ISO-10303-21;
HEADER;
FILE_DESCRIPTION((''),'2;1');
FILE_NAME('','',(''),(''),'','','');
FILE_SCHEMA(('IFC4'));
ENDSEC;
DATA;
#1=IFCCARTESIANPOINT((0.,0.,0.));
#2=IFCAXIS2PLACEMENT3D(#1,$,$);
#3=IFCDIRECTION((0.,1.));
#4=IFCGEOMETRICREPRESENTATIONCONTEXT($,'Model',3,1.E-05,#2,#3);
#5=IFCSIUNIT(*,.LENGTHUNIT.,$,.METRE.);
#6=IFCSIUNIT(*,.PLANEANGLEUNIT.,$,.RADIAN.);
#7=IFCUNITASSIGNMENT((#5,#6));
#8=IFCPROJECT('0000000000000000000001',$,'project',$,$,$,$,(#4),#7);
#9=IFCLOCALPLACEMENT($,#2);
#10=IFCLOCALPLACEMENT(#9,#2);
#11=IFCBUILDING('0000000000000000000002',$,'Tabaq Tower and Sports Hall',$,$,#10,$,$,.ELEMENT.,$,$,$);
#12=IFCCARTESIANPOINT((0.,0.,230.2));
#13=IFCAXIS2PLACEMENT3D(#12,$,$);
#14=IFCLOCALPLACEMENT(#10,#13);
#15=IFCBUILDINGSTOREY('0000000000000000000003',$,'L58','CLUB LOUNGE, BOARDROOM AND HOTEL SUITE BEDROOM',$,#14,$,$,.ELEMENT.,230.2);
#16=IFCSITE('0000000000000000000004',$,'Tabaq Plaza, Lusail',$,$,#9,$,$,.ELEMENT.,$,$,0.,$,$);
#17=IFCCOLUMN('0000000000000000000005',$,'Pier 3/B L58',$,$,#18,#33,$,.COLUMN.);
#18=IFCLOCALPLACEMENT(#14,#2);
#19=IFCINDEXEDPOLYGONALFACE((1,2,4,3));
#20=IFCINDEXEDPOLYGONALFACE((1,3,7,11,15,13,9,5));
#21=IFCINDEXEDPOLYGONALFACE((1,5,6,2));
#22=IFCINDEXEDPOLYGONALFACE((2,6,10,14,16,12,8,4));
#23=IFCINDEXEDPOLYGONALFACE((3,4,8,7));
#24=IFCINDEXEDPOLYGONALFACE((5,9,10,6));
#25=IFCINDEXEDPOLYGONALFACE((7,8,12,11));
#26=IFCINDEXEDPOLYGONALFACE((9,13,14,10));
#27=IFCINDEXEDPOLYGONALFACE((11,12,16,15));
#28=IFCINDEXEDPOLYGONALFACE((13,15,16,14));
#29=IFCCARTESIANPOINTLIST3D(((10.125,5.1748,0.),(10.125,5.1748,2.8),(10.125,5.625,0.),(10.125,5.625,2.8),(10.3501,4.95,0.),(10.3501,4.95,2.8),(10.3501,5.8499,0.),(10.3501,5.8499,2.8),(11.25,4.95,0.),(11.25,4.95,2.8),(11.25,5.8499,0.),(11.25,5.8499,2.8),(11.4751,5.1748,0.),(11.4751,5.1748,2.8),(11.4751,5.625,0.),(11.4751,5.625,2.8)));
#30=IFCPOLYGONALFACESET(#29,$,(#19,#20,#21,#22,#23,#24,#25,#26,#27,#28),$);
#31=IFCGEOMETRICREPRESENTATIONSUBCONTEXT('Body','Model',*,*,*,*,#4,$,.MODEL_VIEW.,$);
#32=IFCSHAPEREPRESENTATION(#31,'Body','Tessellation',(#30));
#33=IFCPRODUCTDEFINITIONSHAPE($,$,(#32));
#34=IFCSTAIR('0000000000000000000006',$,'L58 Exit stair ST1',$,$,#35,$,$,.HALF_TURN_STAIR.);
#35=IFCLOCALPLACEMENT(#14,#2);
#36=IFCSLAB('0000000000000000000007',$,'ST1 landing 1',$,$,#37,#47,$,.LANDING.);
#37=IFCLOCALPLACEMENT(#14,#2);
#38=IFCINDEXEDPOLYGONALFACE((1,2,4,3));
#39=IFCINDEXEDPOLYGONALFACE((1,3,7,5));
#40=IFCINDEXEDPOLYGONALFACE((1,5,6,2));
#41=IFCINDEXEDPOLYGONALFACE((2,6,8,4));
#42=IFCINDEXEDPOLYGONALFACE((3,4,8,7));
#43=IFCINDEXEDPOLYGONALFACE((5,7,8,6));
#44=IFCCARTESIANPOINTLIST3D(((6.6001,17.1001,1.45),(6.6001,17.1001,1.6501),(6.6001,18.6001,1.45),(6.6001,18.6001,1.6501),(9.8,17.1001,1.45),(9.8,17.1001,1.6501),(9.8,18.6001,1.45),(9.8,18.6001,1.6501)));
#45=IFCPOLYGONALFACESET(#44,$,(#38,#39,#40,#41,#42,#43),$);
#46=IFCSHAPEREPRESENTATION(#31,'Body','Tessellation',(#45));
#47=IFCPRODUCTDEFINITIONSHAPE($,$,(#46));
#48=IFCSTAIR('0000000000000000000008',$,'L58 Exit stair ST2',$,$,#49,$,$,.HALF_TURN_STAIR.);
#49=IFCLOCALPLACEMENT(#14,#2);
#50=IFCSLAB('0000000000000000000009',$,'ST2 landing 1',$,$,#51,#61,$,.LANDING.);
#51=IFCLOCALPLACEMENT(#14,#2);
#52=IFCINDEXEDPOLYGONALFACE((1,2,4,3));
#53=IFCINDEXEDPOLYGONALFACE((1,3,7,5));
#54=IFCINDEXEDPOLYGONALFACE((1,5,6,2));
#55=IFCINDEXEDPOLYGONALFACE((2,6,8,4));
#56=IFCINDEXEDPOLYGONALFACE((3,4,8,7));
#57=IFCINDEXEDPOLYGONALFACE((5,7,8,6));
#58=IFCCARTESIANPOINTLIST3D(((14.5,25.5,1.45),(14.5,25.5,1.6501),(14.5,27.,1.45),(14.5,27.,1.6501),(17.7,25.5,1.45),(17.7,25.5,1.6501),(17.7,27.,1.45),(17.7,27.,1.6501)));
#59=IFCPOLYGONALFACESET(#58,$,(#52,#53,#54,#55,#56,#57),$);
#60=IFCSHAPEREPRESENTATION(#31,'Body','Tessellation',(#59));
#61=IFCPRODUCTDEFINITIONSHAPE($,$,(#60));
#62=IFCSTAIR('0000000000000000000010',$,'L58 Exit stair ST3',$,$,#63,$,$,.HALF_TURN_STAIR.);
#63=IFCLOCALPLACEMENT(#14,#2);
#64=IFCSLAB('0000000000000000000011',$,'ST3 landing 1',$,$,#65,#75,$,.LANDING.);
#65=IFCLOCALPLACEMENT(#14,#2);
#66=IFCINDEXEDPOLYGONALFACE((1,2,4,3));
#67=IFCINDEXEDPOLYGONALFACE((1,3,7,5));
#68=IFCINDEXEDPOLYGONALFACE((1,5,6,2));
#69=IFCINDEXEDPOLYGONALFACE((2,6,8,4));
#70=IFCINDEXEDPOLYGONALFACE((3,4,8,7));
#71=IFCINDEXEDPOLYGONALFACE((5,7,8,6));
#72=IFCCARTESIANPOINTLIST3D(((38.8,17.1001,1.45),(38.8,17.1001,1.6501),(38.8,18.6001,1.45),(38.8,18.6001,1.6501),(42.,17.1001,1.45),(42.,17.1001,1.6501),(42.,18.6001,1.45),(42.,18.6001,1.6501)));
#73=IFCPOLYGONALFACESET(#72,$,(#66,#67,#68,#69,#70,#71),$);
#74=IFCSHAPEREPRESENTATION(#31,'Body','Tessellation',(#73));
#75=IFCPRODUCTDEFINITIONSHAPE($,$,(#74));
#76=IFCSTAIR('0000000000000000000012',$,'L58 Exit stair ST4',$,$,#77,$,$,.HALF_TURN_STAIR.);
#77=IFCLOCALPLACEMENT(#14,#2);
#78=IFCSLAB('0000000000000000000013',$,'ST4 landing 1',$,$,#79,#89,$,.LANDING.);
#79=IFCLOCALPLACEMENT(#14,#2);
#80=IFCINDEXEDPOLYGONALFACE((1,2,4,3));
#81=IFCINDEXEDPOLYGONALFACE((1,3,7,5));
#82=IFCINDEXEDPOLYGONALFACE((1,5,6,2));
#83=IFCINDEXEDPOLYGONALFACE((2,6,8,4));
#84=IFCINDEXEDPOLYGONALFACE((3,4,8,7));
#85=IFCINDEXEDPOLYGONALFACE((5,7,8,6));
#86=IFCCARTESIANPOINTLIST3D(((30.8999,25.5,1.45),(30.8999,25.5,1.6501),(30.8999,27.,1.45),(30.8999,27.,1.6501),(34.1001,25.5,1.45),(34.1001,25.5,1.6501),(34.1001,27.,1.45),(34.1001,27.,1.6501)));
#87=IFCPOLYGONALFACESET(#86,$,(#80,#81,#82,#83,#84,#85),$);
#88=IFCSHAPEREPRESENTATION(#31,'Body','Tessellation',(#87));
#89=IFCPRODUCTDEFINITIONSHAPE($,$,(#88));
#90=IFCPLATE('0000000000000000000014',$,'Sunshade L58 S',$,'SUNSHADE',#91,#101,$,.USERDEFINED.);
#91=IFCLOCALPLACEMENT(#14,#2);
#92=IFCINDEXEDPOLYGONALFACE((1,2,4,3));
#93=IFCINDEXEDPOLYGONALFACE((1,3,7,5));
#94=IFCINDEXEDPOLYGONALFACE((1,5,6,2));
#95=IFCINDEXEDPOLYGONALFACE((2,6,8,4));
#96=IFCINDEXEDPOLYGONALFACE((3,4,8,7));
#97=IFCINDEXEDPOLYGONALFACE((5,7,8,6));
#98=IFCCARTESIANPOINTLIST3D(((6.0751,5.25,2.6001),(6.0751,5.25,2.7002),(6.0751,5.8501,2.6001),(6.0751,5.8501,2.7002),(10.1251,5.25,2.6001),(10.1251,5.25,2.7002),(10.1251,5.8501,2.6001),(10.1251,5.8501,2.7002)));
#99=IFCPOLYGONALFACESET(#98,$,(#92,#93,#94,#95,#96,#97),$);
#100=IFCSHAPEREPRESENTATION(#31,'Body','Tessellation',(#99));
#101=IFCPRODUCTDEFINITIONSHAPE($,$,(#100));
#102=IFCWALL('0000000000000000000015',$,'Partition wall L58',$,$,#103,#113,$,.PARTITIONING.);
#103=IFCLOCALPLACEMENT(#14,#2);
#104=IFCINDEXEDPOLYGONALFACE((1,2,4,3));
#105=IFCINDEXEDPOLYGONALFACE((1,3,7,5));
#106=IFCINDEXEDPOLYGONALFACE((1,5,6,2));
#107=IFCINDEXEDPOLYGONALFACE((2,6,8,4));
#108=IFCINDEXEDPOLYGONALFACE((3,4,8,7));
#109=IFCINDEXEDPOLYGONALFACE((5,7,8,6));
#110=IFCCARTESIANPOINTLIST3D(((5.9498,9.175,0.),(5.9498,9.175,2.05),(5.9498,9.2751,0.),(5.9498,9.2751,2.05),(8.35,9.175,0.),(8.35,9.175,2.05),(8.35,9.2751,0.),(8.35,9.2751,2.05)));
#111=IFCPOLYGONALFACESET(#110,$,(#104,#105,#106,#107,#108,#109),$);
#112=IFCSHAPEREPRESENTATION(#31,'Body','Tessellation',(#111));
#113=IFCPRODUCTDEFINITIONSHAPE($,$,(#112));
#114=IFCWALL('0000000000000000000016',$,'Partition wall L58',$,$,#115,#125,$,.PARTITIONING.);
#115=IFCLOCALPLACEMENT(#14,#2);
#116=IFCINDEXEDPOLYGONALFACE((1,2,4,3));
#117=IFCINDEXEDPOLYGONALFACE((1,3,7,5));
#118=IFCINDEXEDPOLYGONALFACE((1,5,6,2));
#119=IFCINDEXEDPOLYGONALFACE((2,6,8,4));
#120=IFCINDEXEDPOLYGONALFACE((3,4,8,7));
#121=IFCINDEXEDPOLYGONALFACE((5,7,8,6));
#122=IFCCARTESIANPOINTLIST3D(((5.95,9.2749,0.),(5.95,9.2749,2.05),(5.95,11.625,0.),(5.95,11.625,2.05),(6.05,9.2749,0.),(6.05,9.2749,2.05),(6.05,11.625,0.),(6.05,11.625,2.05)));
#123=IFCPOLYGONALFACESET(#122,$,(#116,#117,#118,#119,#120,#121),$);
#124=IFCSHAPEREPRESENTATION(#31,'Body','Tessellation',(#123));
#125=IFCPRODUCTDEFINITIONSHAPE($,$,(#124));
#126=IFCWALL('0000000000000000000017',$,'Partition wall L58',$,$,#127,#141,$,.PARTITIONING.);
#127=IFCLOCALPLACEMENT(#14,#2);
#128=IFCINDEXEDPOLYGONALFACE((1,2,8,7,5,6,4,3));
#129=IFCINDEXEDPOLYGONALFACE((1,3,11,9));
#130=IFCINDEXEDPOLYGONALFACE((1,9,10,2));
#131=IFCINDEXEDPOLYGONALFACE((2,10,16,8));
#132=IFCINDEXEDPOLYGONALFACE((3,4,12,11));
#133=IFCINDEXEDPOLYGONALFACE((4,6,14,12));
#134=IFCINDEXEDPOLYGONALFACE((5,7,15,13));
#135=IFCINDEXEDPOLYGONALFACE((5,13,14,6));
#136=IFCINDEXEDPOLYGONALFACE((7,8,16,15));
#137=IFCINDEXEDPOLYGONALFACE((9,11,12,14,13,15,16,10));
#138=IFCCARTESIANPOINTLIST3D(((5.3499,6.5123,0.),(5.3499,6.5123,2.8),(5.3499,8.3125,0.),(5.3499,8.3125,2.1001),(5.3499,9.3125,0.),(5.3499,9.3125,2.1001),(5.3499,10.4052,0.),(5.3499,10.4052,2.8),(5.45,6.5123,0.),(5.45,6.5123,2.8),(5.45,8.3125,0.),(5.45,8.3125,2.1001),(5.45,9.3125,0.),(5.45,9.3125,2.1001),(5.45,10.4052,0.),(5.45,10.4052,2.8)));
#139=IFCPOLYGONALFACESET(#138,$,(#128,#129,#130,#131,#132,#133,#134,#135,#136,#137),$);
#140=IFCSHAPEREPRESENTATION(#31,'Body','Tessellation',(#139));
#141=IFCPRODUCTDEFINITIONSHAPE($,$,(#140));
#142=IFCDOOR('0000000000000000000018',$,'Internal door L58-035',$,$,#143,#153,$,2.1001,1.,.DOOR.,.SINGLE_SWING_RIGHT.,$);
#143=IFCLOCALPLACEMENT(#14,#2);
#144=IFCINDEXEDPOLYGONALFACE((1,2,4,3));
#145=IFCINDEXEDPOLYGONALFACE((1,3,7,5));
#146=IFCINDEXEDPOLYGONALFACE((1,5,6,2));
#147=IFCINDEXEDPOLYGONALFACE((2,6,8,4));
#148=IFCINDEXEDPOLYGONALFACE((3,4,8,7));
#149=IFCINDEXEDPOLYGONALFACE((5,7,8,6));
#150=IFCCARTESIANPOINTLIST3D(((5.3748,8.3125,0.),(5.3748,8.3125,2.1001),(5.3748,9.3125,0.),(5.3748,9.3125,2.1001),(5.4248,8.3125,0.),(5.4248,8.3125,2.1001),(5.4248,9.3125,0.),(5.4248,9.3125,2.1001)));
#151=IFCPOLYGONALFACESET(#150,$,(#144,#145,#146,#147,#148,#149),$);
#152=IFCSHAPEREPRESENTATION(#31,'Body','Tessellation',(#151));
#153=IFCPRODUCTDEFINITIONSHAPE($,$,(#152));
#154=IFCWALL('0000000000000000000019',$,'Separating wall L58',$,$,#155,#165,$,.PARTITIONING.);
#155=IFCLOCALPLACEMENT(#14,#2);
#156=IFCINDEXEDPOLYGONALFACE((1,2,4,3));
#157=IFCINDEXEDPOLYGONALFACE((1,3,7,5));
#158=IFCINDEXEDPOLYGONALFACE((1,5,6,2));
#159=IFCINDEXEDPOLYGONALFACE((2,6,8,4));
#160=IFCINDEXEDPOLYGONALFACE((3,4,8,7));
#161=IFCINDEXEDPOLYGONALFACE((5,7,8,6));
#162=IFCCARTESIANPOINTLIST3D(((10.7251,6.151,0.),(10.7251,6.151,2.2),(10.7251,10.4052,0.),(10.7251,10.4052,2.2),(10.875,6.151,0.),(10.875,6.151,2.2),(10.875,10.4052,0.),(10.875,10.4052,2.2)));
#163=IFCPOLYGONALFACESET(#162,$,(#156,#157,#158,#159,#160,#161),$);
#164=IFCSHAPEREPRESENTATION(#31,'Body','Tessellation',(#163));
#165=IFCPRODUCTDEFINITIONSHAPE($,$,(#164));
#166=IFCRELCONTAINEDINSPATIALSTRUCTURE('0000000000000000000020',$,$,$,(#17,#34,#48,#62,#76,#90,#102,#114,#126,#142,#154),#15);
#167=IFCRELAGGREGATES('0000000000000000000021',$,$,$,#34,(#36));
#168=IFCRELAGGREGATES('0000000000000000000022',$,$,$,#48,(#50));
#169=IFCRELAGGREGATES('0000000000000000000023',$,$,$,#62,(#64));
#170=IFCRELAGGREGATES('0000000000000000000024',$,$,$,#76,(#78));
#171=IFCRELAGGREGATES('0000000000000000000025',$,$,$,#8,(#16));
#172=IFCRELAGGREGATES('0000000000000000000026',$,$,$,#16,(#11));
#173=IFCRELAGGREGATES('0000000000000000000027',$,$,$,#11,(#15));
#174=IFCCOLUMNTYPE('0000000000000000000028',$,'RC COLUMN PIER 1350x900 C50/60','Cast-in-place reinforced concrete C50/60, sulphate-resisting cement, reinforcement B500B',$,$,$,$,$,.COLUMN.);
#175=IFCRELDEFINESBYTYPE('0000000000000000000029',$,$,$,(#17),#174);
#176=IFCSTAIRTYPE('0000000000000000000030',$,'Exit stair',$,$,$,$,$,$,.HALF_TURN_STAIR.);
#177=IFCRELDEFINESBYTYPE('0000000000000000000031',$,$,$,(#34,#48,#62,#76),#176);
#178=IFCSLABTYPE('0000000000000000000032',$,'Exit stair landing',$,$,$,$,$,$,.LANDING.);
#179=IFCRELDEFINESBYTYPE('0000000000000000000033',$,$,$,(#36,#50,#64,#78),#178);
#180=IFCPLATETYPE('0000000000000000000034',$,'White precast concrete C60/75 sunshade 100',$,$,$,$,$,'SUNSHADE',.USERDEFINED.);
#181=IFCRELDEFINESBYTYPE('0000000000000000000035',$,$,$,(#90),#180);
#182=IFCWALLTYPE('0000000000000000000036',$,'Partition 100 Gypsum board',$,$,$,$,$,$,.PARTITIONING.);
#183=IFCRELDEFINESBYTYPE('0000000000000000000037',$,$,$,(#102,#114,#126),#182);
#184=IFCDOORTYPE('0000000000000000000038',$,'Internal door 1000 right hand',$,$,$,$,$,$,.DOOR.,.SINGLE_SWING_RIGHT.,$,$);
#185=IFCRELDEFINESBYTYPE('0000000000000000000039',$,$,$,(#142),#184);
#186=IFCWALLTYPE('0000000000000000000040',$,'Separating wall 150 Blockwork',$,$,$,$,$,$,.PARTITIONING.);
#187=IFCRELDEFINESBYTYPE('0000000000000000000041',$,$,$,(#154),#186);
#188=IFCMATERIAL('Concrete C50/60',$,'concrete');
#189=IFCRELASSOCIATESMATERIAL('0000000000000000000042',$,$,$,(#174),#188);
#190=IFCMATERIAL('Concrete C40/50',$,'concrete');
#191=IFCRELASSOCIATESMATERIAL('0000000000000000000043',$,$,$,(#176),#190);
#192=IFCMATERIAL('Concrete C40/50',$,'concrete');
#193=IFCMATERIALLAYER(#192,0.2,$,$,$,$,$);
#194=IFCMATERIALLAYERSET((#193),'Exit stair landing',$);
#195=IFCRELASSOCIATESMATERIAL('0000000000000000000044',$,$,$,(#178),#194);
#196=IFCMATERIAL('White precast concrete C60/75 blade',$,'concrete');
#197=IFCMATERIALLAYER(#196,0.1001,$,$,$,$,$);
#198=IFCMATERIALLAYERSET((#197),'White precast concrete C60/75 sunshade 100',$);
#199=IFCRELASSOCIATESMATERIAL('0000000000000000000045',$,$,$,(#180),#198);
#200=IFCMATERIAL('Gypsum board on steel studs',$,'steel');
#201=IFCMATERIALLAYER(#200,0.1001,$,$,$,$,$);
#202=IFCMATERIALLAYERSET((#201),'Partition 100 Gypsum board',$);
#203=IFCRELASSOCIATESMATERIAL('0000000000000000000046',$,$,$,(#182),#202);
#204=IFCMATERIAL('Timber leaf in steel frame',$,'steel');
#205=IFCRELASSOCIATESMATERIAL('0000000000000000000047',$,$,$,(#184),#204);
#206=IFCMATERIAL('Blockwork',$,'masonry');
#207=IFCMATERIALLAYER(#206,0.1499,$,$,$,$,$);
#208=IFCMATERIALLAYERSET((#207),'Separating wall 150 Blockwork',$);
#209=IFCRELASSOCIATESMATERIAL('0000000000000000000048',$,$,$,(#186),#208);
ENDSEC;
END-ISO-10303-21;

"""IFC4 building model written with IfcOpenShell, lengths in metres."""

from ifc_helpers import new_model, si_unit, direction, frame, frame_2d, origin, origin_2d, place, context, subcontext, project, spatial, polyline, rectangle, outline, extrude, material, layer, layer_set, material_profile, profile_set, type_object, element, fill, aggregate, save


model = new_model("IFC4")

# Units and contexts
model_context = context("Model", 3, precision=1e-05, world=origin(), true_north=direction((0.0, 1.0)))
body_context = subcontext(model_context, "Body", "Model", "MODEL_VIEW")
ifc_project = project(units=[si_unit("LENGTHUNIT", "METRE"), si_unit("PLANEANGLEUNIT", "RADIAN")], contexts=[model_context])

# Site, building, storey
site_placement = place(None, origin())
site = spatial("IfcSite", under=ifc_project, at=site_placement, Name="Tabaq Plaza, Lusail", CompositionType="ELEMENT", RefElevation=0.0)
building_placement = place(site_placement, origin())
building = spatial("IfcBuilding", under=site, at=building_placement, Name="Tabaq Tower and Sports Hall", CompositionType="ELEMENT")
storey_placement = place(building_placement, frame((0.0, 0.0, 230.2)))
storey = spatial("IfcBuildingStorey", under=building, at=storey_placement, Name="L58", Description="CLUB LOUNGE, BOARDROOM AND HOTEL SUITE BEDROOM", CompositionType="ELEMENT", Elevation=230.2)

# Column
ifc_material_1 = material(Name="Concrete C50/60", Category="concrete")
ifc_material_profile = material_profile(ifc_material_1, outline(polyline([(-0.45, -0.45), (0.45, -0.45), (0.675, -0.2251), (0.675, 0.2251), (0.45, 0.45), (-0.45, 0.45), (-0.675, 0.2251), (-0.675, -0.2251), (-0.45, -0.45)])), Name="PIER 1350x900")
ifc_profile_set = profile_set([ifc_material_profile], Name="Concrete C50/60")
column_type = type_object("IfcColumnType", Name="RC COLUMN PIER 1350x900 C50/60", Description="Cast-in-place reinforced concrete C50/60, sulphate-resisting cement, reinforcement B500B", PredefinedType="COLUMN", material=ifc_profile_set)
column_placement = place(storey_placement, frame((10.8, 5.3999, 0.0), z_axis=(0.0, 0.0, 1.0), x_axis=(1.0, 0.0, 0.0)))
element("IfcColumn", 1, at=column_placement, inside=storey, type_object=column_type, Name="Pier 3/B L58", PredefinedType="COLUMN", context=body_context, shape_type="SweptSolid", body=[
    extrude(outline(polyline([(-0.45, -0.45), (0.45, -0.45), (0.675, -0.2251), (0.675, 0.2251), (0.45, 0.45), (-0.45, 0.45), (-0.675, 0.2251), (-0.675, -0.2251), (-0.45, -0.45)])), origin(), (0.0, 0.0, 1.0), 2.8),
])

# Stairs, slabs
ifc_material_2 = material(Name="Concrete C40/50", Category="concrete")
stair_type = type_object("IfcStairType", Name="Exit stair", PredefinedType="HALF_TURN_STAIR", material=ifc_material_2)
stair_1_placement = place(storey_placement, origin())
stair_1 = element("IfcStair", 2, at=stair_1_placement, inside=storey, type_object=stair_type, Name="L58 Exit stair ST1", PredefinedType="HALF_TURN_STAIR")
ifc_material_3 = material(Name="Concrete C40/50", Category="concrete")
ifc_layer_1 = layer(ifc_material_3, 0.2)
ifc_layer_set_1 = layer_set([ifc_layer_1], Name="Exit stair landing")
slab_type = type_object("IfcSlabType", Name="Exit stair landing", PredefinedType="LANDING", material=ifc_layer_set_1)
slab_1_placement = place(storey_placement, frame((0.0, 0.0, 1.45)))
slab_1 = element("IfcSlab", 3, at=slab_1_placement, type_object=slab_type, Name="ST1 landing 1", PredefinedType="LANDING", context=body_context, shape_type="SweptSolid", body=[
    extrude(outline(polyline([(6.6001, 18.6001), (6.6001, 17.1001), (9.8, 17.1001), (9.8, 18.6001), (6.6001, 18.6001)])), origin(), (0.0, 0.0, 1.0), 0.2002),
])
aggregate(stair_1, [slab_1])
stair_2_placement = place(storey_placement, origin())
stair_2 = element("IfcStair", 4, at=stair_2_placement, inside=storey, type_object=stair_type, Name="L58 Exit stair ST2", PredefinedType="HALF_TURN_STAIR")
slab_2_placement = place(storey_placement, frame((0.0, 0.0, 1.45)))
slab_2 = element("IfcSlab", 5, at=slab_2_placement, type_object=slab_type, Name="ST2 landing 1", PredefinedType="LANDING", context=body_context, shape_type="SweptSolid", body=[
    extrude(outline(polyline([(14.5, 27.0), (14.5, 25.5), (17.7, 25.5), (17.7, 27.0), (14.5, 27.0)])), origin(), (0.0, 0.0, 1.0), 0.2002),
])
aggregate(stair_2, [slab_2])
stair_3_placement = place(storey_placement, origin())
stair_3 = element("IfcStair", 6, at=stair_3_placement, inside=storey, type_object=stair_type, Name="L58 Exit stair ST3", PredefinedType="HALF_TURN_STAIR")
slab_3_placement = place(storey_placement, frame((0.0, 0.0, 1.45)))
slab_3 = element("IfcSlab", 7, at=slab_3_placement, type_object=slab_type, Name="ST3 landing 1", PredefinedType="LANDING", context=body_context, shape_type="SweptSolid", body=[
    extrude(outline(polyline([(38.8, 18.6001), (38.8, 17.1001), (42.0, 17.1001), (42.0, 18.6001), (38.8, 18.6001)])), origin(), (0.0, 0.0, 1.0), 0.2002),
])
aggregate(stair_3, [slab_3])
stair_4_placement = place(storey_placement, origin())
stair_4 = element("IfcStair", 8, at=stair_4_placement, inside=storey, type_object=stair_type, Name="L58 Exit stair ST4", PredefinedType="HALF_TURN_STAIR")
slab_4_placement = place(storey_placement, frame((0.0, 0.0, 1.45)))
slab_4 = element("IfcSlab", 9, at=slab_4_placement, type_object=slab_type, Name="ST4 landing 1", PredefinedType="LANDING", context=body_context, shape_type="SweptSolid", body=[
    extrude(outline(polyline([(30.8999, 27.0), (30.8999, 25.5), (34.1001, 25.5), (34.1001, 27.0), (30.8999, 27.0)])), origin(), (0.0, 0.0, 1.0), 0.2002),
])
aggregate(stair_4, [slab_4])

# Plate
ifc_material_4 = material(Name="White precast concrete C60/75 blade", Category="concrete")
ifc_layer_2 = layer(ifc_material_4, 0.1001)
ifc_layer_set_2 = layer_set([ifc_layer_2], Name="White precast concrete C60/75 sunshade 100")
plate_type = type_object("IfcPlateType", Name="White precast concrete C60/75 sunshade 100", ElementType="SUNSHADE", PredefinedType="USERDEFINED", material=ifc_layer_set_2)
plate_placement = place(storey_placement, frame((8.1001, 5.55, 2.6001), z_axis=(0.0, 0.0, 1.0), x_axis=(1.0, 0.0, 0.0)))
element("IfcPlate", 10, at=plate_placement, inside=storey, type_object=plate_type, Name="Sunshade L58 S", ObjectType="SUNSHADE", PredefinedType="USERDEFINED", context=body_context, shape_type="SweptSolid", body=[
    extrude(rectangle(XDim=4.05, YDim=0.6001, at=origin_2d()), origin(), (0.0, 0.0, 1.0), 0.1001),
])

# Walls
ifc_material_5 = material(Name="Gypsum board on steel studs", Category="steel")
ifc_layer_3 = layer(ifc_material_5, 0.1001)
ifc_layer_set_3 = layer_set([ifc_layer_3], Name="Partition 100 Gypsum board")
wall_type_1 = type_object("IfcWallType", Name="Partition 100 Gypsum board", PredefinedType="PARTITIONING", material=ifc_layer_set_3)
wall_1_placement = place(storey_placement, frame((8.3501, 9.2251, 0.0), z_axis=(0.0, 0.0, 1.0), x_axis=(-1.0, 0.0, 0.0)))
element("IfcWall", 11, at=wall_1_placement, inside=storey, type_object=wall_type_1, Name="Partition wall L58", PredefinedType="PARTITIONING", context=body_context, shape_type="SweptSolid", body=[
    extrude(rectangle(XDim=2.4001, YDim=0.1001, at=frame_2d((1.2002, 0.0))), origin(), (0.0, 0.0, 1.0), 2.05),
])
wall_2_placement = place(storey_placement, frame((6.0, 9.2749, 0.0), z_axis=(0.0, 0.0, 1.0), x_axis=(0.0, 1.0, 0.0)))
element("IfcWall", 12, at=wall_2_placement, inside=storey, type_object=wall_type_1, Name="Partition wall L58", PredefinedType="PARTITIONING", context=body_context, shape_type="SweptSolid", body=[
    extrude(rectangle(XDim=2.3501, YDim=0.1001, at=frame_2d((1.175, 0.0))), origin(), (0.0, 0.0, 1.0), 2.05),
])

# Wall, opening, door
wall_3_placement = place(storey_placement, frame((5.3999, 10.405, 0.0), z_axis=(0.0, 0.0, 1.0), x_axis=(0.0, -1.0, 0.0)))
wall_3 = element("IfcWall", 13, at=wall_3_placement, inside=storey, type_object=wall_type_1, Name="Partition wall L58", PredefinedType="PARTITIONING", context=body_context, shape_type="SweptSolid", body=[
    extrude(rectangle(XDim=3.8928, YDim=0.1001, at=frame_2d((1.9463, 0.0))), origin(), (0.0, 0.0, 1.0), 2.8),
])
opening_1_placement = place(wall_3_placement, frame((1.0925, 0.0, 0.0)))
opening_1 = element("IfcOpeningElement", 14, at=opening_1_placement, cuts=wall_3, PredefinedType="OPENING", context=body_context, shape_type="SweptSolid", body=[
    extrude(rectangle(XDim=1.0, YDim=2.1001, at=frame_2d((0.5, 1.05))), frame((0.0, 0.05, 0.0), z_axis=(0.0, -1.0, 0.0), x_axis=(1.0, 0.0, 0.0)), (0.0, 0.0, 1.0), 0.1001),
])
ifc_material_6 = material(Name="Timber leaf in steel frame", Category="steel")
door_type = type_object("IfcDoorType", Name="Internal door 1000 right hand", OperationType="SINGLE_SWING_RIGHT", PredefinedType="DOOR", material=ifc_material_6)
door_placement = place(opening_1_placement, origin())
door = element("IfcDoor", 15, at=door_placement, inside=storey, type_object=door_type, Name="Internal door L58-035", OperationType="SINGLE_SWING_RIGHT", OverallHeight=2.1001, OverallWidth=1.0, PredefinedType="DOOR", context=body_context, shape_type="SweptSolid", body=[
    extrude(rectangle(XDim=1.0, YDim=2.1001, at=frame_2d((0.5, 1.05))), frame((0.0, 0.0249, 0.0), z_axis=(0.0, -1.0, 0.0), x_axis=(1.0, 0.0, 0.0)), (0.0, 0.0, 1.0), 0.05),
])
fill(opening_1, door)

# Wall
ifc_material_7 = material(Name="Blockwork", Category="masonry")
ifc_layer_4 = layer(ifc_material_7, 0.1499)
ifc_layer_set_4 = layer_set([ifc_layer_4], Name="Separating wall 150 Blockwork")
wall_type_2 = type_object("IfcWallType", Name="Separating wall 150 Blockwork", PredefinedType="PARTITIONING", material=ifc_layer_set_4)
wall_4_placement = place(storey_placement, frame((10.8, 10.405, 0.0), z_axis=(0.0, 0.0, 1.0), x_axis=(0.0, -1.0, 0.0)))
element("IfcWall", 16, at=wall_4_placement, inside=storey, type_object=wall_type_2, Name="Separating wall L58", PredefinedType="PARTITIONING", context=body_context, shape_type="SweptSolid", body=[
    extrude(rectangle(XDim=4.2542, YDim=0.1499, at=frame_2d((2.127, 0.0))), origin(), (0.0, 0.0, 1.0), 2.2),
])

save(model, "model.ifc")
